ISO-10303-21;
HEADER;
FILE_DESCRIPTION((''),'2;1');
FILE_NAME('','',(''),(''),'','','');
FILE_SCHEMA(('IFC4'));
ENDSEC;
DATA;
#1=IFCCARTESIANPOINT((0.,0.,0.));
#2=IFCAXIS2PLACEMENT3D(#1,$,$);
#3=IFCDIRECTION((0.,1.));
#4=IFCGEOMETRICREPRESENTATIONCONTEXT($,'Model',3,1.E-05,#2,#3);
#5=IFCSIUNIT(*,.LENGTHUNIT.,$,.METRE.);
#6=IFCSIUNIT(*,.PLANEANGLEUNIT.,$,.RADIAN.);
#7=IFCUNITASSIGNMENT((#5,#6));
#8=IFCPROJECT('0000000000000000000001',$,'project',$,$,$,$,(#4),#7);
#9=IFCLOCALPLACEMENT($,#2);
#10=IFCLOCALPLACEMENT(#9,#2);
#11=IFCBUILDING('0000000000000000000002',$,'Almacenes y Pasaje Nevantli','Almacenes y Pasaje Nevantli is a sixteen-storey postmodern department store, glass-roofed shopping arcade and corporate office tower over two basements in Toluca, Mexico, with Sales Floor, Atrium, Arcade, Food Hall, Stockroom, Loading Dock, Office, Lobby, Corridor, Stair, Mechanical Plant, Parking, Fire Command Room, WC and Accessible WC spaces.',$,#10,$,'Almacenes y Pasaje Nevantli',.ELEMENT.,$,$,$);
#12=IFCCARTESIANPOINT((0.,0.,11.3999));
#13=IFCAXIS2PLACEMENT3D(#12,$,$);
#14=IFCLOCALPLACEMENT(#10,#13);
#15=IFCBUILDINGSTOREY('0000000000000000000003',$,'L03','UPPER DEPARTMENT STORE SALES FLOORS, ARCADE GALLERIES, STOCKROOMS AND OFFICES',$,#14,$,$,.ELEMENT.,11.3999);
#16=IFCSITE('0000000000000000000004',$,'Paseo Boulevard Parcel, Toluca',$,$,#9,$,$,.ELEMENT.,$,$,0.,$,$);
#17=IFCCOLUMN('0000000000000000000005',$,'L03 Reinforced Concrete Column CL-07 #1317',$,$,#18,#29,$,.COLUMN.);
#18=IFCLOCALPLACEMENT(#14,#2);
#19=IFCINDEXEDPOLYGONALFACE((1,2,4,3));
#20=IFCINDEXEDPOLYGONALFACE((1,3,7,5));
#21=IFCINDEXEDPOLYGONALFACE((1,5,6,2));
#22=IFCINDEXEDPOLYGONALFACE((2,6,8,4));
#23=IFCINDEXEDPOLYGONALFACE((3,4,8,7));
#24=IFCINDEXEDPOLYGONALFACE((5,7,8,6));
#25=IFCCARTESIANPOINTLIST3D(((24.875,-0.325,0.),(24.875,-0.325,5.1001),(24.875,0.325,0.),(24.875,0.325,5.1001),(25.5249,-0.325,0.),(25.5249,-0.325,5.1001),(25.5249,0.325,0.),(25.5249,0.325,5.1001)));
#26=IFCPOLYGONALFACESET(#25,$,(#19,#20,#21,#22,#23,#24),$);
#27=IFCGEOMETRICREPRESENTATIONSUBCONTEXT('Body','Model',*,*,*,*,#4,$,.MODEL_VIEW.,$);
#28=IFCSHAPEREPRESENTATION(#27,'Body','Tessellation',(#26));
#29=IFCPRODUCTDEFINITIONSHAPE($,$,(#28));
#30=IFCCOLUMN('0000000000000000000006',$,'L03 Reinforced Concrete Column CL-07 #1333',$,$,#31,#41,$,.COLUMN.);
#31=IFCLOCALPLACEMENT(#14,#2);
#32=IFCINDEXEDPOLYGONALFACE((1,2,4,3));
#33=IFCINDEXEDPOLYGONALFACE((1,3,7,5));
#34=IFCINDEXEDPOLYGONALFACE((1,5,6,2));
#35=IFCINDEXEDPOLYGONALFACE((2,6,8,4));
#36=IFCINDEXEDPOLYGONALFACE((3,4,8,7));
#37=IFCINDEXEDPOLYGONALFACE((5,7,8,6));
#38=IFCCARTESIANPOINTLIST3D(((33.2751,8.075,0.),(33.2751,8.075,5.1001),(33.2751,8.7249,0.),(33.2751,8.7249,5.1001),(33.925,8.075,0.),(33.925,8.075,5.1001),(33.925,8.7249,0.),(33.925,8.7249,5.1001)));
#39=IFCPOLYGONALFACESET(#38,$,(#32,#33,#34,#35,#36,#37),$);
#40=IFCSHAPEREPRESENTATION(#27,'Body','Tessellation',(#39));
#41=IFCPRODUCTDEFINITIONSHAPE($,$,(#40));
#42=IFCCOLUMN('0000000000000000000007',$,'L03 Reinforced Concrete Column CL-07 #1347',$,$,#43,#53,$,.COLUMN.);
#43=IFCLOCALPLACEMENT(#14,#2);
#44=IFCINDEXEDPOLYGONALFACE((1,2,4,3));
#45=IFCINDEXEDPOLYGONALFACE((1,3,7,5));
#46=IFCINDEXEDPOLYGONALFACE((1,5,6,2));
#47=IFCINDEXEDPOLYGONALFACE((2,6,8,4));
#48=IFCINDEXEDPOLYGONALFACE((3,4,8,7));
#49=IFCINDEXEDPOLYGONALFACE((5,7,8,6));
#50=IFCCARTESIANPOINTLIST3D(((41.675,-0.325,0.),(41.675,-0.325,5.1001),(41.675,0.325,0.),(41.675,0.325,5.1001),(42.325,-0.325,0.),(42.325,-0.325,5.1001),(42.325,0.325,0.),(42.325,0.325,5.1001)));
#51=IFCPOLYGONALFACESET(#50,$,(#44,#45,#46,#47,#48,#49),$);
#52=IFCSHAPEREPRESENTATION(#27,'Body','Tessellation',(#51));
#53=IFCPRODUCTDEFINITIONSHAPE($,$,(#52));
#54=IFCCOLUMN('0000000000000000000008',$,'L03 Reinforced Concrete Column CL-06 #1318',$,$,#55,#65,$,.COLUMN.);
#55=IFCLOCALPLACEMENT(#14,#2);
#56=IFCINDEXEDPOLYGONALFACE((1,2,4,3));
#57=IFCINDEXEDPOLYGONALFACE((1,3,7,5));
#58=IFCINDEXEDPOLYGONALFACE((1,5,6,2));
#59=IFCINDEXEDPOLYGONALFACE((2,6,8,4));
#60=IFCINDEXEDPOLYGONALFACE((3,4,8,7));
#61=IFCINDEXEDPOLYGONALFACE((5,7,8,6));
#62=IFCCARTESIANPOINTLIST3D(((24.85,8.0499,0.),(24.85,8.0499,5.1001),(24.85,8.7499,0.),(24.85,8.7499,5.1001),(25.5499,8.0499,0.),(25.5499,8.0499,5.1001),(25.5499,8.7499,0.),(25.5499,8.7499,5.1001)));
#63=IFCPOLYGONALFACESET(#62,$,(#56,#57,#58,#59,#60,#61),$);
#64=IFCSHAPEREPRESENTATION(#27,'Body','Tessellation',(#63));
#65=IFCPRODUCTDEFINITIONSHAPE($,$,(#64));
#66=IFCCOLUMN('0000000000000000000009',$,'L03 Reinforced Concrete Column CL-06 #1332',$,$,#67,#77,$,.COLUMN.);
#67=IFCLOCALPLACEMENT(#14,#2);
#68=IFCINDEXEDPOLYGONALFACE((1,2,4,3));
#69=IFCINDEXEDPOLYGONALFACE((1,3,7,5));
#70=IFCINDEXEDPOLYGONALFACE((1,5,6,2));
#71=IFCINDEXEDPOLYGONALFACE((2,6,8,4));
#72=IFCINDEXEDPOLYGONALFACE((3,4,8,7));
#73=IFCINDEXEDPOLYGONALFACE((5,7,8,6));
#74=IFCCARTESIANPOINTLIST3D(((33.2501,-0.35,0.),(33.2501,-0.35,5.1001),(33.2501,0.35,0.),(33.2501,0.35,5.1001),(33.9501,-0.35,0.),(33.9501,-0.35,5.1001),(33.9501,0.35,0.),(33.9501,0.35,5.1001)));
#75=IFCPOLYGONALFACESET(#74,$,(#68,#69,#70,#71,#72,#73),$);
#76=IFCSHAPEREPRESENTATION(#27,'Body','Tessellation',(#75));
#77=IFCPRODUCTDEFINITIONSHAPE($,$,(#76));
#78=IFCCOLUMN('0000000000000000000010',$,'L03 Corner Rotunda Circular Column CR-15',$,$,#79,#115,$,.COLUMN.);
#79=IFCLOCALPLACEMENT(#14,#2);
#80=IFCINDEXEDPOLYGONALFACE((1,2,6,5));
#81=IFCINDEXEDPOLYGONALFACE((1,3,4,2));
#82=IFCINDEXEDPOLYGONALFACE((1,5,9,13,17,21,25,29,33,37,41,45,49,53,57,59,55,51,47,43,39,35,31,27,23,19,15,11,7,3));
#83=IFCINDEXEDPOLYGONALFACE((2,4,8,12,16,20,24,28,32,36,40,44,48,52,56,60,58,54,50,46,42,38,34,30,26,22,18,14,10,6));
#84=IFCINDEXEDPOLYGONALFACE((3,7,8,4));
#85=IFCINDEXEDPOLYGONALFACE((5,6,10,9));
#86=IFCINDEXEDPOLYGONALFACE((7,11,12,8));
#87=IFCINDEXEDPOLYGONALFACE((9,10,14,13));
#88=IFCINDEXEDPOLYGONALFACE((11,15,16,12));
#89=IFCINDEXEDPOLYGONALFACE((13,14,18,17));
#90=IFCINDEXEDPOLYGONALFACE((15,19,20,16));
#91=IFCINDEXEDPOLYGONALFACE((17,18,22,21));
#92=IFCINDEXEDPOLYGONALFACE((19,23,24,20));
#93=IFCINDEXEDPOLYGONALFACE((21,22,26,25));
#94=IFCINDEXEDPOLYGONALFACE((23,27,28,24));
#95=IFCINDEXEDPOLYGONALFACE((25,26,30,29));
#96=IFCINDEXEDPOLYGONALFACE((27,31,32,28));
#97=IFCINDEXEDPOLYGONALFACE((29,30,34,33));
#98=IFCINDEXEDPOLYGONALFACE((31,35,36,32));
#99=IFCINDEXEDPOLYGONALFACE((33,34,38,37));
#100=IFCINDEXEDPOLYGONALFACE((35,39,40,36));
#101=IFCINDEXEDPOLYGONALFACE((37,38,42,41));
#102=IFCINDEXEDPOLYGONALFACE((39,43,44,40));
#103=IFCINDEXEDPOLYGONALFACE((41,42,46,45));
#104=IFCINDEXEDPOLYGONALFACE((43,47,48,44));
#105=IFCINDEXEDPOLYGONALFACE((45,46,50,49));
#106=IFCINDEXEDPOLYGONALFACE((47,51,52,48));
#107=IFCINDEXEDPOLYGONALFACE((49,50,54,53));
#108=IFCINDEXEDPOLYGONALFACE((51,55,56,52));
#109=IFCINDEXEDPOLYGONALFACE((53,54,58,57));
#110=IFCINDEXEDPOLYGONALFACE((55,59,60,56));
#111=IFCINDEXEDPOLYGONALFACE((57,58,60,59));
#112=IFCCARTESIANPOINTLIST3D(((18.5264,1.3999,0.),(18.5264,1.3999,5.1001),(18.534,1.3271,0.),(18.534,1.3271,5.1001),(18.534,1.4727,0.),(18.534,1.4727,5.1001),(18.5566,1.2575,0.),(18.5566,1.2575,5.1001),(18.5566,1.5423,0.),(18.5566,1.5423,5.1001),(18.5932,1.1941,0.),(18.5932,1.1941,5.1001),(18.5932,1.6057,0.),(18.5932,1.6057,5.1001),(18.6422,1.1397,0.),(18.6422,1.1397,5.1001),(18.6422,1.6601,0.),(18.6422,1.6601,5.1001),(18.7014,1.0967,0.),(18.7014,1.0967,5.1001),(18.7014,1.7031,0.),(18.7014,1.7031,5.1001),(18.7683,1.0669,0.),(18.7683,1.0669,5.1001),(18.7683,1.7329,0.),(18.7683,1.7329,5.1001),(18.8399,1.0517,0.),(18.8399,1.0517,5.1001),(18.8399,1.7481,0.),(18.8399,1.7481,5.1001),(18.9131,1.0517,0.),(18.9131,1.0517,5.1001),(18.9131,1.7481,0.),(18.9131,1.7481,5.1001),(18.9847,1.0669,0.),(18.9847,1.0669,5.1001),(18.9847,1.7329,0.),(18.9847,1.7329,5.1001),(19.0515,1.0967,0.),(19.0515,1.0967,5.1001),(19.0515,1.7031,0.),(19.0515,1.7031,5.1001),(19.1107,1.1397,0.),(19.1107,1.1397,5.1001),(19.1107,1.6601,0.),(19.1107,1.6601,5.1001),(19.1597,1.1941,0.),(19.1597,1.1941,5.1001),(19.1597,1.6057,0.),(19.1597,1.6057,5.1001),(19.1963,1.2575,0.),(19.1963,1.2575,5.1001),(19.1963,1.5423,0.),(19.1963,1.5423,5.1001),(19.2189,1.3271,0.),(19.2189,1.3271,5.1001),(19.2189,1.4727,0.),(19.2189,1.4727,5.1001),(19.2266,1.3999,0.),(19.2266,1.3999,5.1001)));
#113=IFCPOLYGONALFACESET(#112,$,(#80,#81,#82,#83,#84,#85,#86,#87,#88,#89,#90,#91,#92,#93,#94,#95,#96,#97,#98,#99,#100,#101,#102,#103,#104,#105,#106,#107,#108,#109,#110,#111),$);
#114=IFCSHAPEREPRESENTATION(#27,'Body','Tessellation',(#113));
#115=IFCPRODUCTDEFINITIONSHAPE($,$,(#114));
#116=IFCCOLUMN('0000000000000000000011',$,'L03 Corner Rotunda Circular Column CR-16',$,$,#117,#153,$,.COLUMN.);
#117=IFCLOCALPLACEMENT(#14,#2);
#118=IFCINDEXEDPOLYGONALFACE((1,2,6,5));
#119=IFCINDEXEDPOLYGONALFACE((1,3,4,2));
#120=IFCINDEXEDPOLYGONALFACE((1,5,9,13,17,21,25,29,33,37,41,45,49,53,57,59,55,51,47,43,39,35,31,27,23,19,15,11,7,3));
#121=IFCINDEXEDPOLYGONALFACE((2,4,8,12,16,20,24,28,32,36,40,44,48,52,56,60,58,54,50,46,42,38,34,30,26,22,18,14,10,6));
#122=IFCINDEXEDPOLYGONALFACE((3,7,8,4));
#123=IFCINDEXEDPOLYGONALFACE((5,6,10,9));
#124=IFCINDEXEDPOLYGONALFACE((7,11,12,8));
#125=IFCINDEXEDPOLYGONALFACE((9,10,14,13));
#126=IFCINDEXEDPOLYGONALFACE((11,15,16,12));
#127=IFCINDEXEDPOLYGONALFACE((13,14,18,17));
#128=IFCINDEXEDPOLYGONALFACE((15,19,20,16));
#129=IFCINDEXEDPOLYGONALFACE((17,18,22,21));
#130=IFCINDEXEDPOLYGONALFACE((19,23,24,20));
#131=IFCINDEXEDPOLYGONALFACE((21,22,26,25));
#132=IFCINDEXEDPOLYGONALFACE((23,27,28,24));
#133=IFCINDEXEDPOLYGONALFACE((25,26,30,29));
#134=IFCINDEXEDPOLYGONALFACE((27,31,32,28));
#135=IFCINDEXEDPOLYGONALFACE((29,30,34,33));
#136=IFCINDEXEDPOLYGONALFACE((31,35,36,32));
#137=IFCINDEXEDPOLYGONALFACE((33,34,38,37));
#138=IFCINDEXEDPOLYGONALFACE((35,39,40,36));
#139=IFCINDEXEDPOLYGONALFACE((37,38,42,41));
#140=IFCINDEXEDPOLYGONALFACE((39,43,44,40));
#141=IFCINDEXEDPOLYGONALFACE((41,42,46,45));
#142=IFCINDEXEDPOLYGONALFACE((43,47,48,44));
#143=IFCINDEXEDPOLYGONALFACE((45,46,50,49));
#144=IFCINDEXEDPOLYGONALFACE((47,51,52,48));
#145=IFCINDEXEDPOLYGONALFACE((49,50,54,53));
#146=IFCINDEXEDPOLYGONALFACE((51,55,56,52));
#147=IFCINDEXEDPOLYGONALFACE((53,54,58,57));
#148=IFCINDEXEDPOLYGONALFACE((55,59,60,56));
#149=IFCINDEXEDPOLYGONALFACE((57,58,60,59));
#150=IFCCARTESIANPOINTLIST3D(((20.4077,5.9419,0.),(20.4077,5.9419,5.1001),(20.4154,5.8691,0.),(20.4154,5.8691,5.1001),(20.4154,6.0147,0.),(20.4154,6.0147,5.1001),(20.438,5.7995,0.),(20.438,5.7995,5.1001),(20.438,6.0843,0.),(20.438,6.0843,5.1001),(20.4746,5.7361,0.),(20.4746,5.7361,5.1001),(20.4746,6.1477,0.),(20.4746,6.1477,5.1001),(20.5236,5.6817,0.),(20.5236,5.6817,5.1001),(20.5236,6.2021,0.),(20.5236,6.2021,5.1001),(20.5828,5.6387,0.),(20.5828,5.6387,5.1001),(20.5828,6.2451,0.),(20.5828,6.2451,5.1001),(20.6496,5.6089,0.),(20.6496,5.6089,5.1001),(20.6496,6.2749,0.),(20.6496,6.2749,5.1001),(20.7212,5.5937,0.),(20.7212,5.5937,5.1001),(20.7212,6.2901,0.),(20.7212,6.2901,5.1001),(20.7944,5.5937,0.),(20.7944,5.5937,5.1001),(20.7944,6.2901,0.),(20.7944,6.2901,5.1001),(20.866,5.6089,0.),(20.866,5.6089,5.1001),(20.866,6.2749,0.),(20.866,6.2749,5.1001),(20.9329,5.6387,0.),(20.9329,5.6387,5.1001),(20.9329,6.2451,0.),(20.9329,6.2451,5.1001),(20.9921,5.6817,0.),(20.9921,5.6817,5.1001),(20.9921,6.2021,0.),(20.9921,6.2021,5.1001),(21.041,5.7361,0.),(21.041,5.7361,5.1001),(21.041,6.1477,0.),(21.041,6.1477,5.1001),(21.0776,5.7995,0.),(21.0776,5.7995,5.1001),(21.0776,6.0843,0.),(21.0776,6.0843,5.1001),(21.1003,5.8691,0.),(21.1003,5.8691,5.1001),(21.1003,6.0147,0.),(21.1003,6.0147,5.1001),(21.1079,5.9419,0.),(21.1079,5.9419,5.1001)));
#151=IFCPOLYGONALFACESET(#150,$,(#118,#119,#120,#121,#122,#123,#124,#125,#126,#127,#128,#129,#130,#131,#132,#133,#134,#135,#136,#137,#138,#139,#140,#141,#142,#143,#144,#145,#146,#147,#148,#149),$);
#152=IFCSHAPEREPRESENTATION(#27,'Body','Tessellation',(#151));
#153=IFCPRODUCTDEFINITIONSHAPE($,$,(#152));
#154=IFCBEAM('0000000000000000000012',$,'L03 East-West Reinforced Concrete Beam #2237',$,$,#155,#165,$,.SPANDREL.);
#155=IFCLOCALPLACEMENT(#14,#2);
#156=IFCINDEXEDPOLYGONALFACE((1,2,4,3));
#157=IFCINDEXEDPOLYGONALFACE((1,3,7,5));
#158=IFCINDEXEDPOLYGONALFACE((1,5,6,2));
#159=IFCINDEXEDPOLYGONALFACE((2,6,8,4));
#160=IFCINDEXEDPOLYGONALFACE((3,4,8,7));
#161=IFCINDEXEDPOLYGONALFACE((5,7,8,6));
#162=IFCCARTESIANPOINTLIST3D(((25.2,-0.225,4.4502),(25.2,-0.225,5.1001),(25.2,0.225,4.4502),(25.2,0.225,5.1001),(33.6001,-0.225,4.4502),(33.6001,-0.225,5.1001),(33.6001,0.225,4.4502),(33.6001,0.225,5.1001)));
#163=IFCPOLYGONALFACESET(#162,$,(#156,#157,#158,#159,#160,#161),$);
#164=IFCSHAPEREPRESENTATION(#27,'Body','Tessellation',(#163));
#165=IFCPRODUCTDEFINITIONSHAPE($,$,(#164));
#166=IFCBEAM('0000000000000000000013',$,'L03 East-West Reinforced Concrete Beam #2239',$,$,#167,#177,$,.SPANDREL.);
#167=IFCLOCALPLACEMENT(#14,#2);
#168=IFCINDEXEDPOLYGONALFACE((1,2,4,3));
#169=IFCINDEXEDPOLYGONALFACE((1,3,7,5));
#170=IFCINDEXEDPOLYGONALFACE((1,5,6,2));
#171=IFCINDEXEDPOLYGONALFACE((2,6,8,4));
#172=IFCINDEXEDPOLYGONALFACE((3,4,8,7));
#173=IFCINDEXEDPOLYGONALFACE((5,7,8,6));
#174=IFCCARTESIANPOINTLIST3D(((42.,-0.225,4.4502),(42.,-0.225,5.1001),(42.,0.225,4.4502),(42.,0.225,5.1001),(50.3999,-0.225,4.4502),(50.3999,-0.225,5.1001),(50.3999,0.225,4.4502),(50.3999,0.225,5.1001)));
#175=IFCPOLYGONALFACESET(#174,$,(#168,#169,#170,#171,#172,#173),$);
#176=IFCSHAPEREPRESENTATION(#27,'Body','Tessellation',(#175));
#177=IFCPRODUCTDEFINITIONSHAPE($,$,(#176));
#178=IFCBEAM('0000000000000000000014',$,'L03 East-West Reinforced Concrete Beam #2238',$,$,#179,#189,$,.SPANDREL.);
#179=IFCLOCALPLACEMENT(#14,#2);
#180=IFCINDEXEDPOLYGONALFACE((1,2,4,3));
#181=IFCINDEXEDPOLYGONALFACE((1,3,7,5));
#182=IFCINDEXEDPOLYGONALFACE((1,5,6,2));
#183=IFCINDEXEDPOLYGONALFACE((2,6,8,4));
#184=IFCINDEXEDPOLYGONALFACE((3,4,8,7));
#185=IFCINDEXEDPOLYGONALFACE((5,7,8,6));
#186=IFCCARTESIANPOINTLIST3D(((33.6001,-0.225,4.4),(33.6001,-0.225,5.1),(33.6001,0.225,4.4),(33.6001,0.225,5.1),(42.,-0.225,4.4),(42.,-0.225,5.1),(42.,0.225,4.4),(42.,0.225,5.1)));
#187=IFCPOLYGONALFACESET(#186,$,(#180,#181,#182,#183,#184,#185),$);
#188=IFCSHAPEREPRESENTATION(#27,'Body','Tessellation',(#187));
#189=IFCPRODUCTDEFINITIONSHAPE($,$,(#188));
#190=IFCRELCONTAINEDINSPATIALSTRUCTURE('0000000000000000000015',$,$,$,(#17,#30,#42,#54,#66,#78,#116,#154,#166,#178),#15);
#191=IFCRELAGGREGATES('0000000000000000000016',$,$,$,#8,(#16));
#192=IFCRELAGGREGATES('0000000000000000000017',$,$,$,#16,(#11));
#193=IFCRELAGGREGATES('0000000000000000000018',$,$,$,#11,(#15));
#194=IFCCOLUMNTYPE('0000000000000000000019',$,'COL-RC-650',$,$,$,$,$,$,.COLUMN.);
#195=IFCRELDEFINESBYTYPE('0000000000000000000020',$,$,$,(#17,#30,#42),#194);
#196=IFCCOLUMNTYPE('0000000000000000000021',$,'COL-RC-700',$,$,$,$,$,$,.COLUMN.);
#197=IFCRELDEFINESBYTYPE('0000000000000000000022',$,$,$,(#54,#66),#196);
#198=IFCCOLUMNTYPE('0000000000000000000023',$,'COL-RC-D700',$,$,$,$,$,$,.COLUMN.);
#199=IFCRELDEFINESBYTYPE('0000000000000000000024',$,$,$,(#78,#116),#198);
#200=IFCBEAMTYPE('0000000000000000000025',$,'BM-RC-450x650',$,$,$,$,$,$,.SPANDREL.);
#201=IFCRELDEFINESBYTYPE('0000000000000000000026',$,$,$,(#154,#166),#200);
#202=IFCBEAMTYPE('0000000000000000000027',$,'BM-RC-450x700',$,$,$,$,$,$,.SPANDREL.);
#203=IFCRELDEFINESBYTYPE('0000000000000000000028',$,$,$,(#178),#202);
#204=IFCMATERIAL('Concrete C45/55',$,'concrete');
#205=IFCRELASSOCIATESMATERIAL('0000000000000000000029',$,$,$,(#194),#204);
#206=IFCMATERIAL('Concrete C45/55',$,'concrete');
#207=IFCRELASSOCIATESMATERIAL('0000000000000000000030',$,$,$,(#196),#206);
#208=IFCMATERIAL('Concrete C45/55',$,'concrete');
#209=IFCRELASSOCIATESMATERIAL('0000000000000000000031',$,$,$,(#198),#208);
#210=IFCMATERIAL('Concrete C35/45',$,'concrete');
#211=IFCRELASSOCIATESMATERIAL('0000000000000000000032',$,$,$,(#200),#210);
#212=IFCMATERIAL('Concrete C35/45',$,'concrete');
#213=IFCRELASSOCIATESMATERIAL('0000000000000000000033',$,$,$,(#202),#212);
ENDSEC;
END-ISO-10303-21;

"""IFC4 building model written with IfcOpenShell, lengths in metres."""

from ifc_helpers import new_model, si_unit, direction, frame, origin, origin_2d, place, context, subcontext, project, spatial, rectangle, circle, extrude, material, material_profile, profile_set, type_object, element, save


model = new_model("IFC4")

# Units and contexts
model_context = context("Model", 3, precision=1e-05, world=origin(), true_north=direction((0.0, 1.0)))
body_context = subcontext(model_context, "Body", "Model", "MODEL_VIEW")
ifc_project = project(units=[si_unit("LENGTHUNIT", "METRE"), si_unit("PLANEANGLEUNIT", "RADIAN")], contexts=[model_context])

# Site, building, storey
site_placement = place(None, origin())
site = spatial("IfcSite", under=ifc_project, at=site_placement, Name="Paseo Boulevard Parcel, Toluca", CompositionType="ELEMENT", RefElevation=0.0)
building_placement = place(site_placement, origin())
building = spatial("IfcBuilding", under=site, at=building_placement, Name="Almacenes y Pasaje Nevantli", Description="Almacenes y Pasaje Nevantli is a sixteen-storey postmodern department store, glass-roofed shopping arcade and corporate office tower over two basements in Toluca, Mexico, with Sales Floor, Atrium, Arcade, Food Hall, Stockroom, Loading Dock, Office, Lobby, Corridor, Stair, Mechanical Plant, Parking, Fire Command Room, WC and Accessible WC spaces.", LongName="Almacenes y Pasaje Nevantli", CompositionType="ELEMENT")
storey_placement = place(building_placement, frame((0.0, 0.0, 11.3999)))
storey = spatial("IfcBuildingStorey", under=building, at=storey_placement, Name="L03", Description="UPPER DEPARTMENT STORE SALES FLOORS, ARCADE GALLERIES, STOCKROOMS AND OFFICES", CompositionType="ELEMENT", Elevation=11.3999)

# Columns
ifc_material_1 = material(Name="Concrete C45/55", Category="concrete")
ifc_material_profile_1 = material_profile(ifc_material_1, rectangle(XDim=0.6499, YDim=0.6499, at=origin_2d()), Name="RC-COL-650x650")
ifc_profile_set_1 = profile_set([ifc_material_profile_1], Name="Concrete C45/55")
column_type_1 = type_object("IfcColumnType", Name="COL-RC-650", PredefinedType="COLUMN", material=ifc_profile_set_1)
for number, where, z_axis, x_axis, name in (
    (1, (25.2, 0.0, 0.0), (0.0, 0.0, 1.0), (1.0, 0.0, 0.0), "L03 Reinforced Concrete Column CL-07 #1317"),
    (2, (33.6001, 8.3999, 0.0), (0.0, 0.0, 1.0), (1.0, 0.0, 0.0), "L03 Reinforced Concrete Column CL-07 #1333"),
    (3, (42.0, 0.0, 0.0), (0.0, 0.0, 1.0), (1.0, 0.0, 0.0), "L03 Reinforced Concrete Column CL-07 #1347"),
):
    element("IfcColumn", number, at=place(storey_placement, frame(where, z_axis=z_axis, x_axis=x_axis)), inside=storey, type_object=column_type_1, Name=name, PredefinedType="COLUMN", context=body_context, shape_type="SweptSolid", body=[
        extrude(rectangle(XDim=0.6499, YDim=0.6499, at=origin_2d()), origin(), (0.0, 0.0, 1.0), 5.1001),
    ])
ifc_material_2 = material(Name="Concrete C45/55", Category="concrete")
ifc_material_profile_2 = material_profile(ifc_material_2, rectangle(XDim=0.7, YDim=0.7, at=origin_2d()), Name="RC-COL-700x700")
ifc_profile_set_2 = profile_set([ifc_material_profile_2], Name="Concrete C45/55")
column_type_2 = type_object("IfcColumnType", Name="COL-RC-700", PredefinedType="COLUMN", material=ifc_profile_set_2)
for number, where, z_axis, x_axis, name in (
    (4, (25.2, 8.3999, 0.0), (0.0, 0.0, 1.0), (1.0, 0.0, 0.0), "L03 Reinforced Concrete Column CL-06 #1318"),
    (5, (33.6001, 0.0, 0.0), (0.0, 0.0, 1.0), (1.0, 0.0, 0.0), "L03 Reinforced Concrete Column CL-06 #1332"),
):
    element("IfcColumn", number, at=place(storey_placement, frame(where, z_axis=z_axis, x_axis=x_axis)), inside=storey, type_object=column_type_2, Name=name, PredefinedType="COLUMN", context=body_context, shape_type="SweptSolid", body=[
        extrude(rectangle(XDim=0.7, YDim=0.7, at=origin_2d()), origin(), (0.0, 0.0, 1.0), 5.1001),
    ])
ifc_material_3 = material(Name="Concrete C45/55", Category="concrete")
ifc_material_profile_3 = material_profile(ifc_material_3, circle(Radius=0.3501, at=origin_2d()), Name="RC-COL-D700")
ifc_profile_set_3 = profile_set([ifc_material_profile_3], Name="Concrete C45/55")
column_type_3 = type_object("IfcColumnType", Name="COL-RC-D700", PredefinedType="COLUMN", material=ifc_profile_set_3)
for number, where, z_axis, x_axis, name in (
    (6, (18.8765, 1.3999, 0.0), (0.0, 0.0, 1.0), (1.0, 0.0, 0.0), "L03 Corner Rotunda Circular Column CR-15"),
    (7, (20.7578, 5.9419, 0.0), (0.0, 0.0, 1.0), (1.0, 0.0, 0.0), "L03 Corner Rotunda Circular Column CR-16"),
):
    element("IfcColumn", number, at=place(storey_placement, frame(where, z_axis=z_axis, x_axis=x_axis)), inside=storey, type_object=column_type_3, Name=name, PredefinedType="COLUMN", context=body_context, shape_type="SweptSolid", body=[
        extrude(circle(Radius=0.3501, at=origin_2d()), origin(), (0.0, 0.0, 1.0), 5.1001),
    ])

# Beams
ifc_material_4 = material(Name="Concrete C35/45", Category="concrete")
ifc_material_profile_4 = material_profile(ifc_material_4, rectangle(XDim=0.45, YDim=0.6499, at=origin_2d()), Name="RC-BM-450x650")
ifc_profile_set_4 = profile_set([ifc_material_profile_4], Name="Concrete C35/45")
beam_type_1 = type_object("IfcBeamType", Name="BM-RC-450x650", PredefinedType="SPANDREL", material=ifc_profile_set_4)
beam_1_placement = place(storey_placement, frame((25.2, 0.0, 4.7751), z_axis=(1.0, 0.0, 0.0), x_axis=(0.0, 1.0, 0.0)))
element("IfcBeam", 8, at=beam_1_placement, inside=storey, type_object=beam_type_1, Name="L03 East-West Reinforced Concrete Beam #2237", PredefinedType="SPANDREL", context=body_context, shape_type="SweptSolid", body=[
    extrude(rectangle(XDim=0.45, YDim=0.6499, at=origin_2d()), origin(), (0.0, 0.0, 1.0), 8.4001),
])
beam_2_placement = place(storey_placement, frame((42.0, 0.0, 4.7751), z_axis=(1.0, 0.0, 0.0), x_axis=(0.0, 1.0, 0.0)))
element("IfcBeam", 9, at=beam_2_placement, inside=storey, type_object=beam_type_1, Name="L03 East-West Reinforced Concrete Beam #2239", PredefinedType="SPANDREL", context=body_context, shape_type="SweptSolid", body=[
    extrude(rectangle(XDim=0.45, YDim=0.6499, at=origin_2d()), origin(), (0.0, 0.0, 1.0), 8.3999),
])
ifc_material_5 = material(Name="Concrete C35/45", Category="concrete")
ifc_material_profile_5 = material_profile(ifc_material_5, rectangle(XDim=0.45, YDim=0.7, at=origin_2d()), Name="RC-BM-450x700")
ifc_profile_set_5 = profile_set([ifc_material_profile_5], Name="Concrete C35/45")
beam_type_2 = type_object("IfcBeamType", Name="BM-RC-450x700", PredefinedType="SPANDREL", material=ifc_profile_set_5)
beam_3_placement = place(storey_placement, frame((33.6001, 0.0, 4.75), z_axis=(1.0, 0.0, 0.0), x_axis=(0.0, 1.0, 0.0)))
element("IfcBeam", 10, at=beam_3_placement, inside=storey, type_object=beam_type_2, Name="L03 East-West Reinforced Concrete Beam #2238", PredefinedType="SPANDREL", context=body_context, shape_type="SweptSolid", body=[
    extrude(rectangle(XDim=0.45, YDim=0.7, at=origin_2d()), origin(), (0.0, 0.0, 1.0), 8.3999),
])

save(model, "model.ifc")
